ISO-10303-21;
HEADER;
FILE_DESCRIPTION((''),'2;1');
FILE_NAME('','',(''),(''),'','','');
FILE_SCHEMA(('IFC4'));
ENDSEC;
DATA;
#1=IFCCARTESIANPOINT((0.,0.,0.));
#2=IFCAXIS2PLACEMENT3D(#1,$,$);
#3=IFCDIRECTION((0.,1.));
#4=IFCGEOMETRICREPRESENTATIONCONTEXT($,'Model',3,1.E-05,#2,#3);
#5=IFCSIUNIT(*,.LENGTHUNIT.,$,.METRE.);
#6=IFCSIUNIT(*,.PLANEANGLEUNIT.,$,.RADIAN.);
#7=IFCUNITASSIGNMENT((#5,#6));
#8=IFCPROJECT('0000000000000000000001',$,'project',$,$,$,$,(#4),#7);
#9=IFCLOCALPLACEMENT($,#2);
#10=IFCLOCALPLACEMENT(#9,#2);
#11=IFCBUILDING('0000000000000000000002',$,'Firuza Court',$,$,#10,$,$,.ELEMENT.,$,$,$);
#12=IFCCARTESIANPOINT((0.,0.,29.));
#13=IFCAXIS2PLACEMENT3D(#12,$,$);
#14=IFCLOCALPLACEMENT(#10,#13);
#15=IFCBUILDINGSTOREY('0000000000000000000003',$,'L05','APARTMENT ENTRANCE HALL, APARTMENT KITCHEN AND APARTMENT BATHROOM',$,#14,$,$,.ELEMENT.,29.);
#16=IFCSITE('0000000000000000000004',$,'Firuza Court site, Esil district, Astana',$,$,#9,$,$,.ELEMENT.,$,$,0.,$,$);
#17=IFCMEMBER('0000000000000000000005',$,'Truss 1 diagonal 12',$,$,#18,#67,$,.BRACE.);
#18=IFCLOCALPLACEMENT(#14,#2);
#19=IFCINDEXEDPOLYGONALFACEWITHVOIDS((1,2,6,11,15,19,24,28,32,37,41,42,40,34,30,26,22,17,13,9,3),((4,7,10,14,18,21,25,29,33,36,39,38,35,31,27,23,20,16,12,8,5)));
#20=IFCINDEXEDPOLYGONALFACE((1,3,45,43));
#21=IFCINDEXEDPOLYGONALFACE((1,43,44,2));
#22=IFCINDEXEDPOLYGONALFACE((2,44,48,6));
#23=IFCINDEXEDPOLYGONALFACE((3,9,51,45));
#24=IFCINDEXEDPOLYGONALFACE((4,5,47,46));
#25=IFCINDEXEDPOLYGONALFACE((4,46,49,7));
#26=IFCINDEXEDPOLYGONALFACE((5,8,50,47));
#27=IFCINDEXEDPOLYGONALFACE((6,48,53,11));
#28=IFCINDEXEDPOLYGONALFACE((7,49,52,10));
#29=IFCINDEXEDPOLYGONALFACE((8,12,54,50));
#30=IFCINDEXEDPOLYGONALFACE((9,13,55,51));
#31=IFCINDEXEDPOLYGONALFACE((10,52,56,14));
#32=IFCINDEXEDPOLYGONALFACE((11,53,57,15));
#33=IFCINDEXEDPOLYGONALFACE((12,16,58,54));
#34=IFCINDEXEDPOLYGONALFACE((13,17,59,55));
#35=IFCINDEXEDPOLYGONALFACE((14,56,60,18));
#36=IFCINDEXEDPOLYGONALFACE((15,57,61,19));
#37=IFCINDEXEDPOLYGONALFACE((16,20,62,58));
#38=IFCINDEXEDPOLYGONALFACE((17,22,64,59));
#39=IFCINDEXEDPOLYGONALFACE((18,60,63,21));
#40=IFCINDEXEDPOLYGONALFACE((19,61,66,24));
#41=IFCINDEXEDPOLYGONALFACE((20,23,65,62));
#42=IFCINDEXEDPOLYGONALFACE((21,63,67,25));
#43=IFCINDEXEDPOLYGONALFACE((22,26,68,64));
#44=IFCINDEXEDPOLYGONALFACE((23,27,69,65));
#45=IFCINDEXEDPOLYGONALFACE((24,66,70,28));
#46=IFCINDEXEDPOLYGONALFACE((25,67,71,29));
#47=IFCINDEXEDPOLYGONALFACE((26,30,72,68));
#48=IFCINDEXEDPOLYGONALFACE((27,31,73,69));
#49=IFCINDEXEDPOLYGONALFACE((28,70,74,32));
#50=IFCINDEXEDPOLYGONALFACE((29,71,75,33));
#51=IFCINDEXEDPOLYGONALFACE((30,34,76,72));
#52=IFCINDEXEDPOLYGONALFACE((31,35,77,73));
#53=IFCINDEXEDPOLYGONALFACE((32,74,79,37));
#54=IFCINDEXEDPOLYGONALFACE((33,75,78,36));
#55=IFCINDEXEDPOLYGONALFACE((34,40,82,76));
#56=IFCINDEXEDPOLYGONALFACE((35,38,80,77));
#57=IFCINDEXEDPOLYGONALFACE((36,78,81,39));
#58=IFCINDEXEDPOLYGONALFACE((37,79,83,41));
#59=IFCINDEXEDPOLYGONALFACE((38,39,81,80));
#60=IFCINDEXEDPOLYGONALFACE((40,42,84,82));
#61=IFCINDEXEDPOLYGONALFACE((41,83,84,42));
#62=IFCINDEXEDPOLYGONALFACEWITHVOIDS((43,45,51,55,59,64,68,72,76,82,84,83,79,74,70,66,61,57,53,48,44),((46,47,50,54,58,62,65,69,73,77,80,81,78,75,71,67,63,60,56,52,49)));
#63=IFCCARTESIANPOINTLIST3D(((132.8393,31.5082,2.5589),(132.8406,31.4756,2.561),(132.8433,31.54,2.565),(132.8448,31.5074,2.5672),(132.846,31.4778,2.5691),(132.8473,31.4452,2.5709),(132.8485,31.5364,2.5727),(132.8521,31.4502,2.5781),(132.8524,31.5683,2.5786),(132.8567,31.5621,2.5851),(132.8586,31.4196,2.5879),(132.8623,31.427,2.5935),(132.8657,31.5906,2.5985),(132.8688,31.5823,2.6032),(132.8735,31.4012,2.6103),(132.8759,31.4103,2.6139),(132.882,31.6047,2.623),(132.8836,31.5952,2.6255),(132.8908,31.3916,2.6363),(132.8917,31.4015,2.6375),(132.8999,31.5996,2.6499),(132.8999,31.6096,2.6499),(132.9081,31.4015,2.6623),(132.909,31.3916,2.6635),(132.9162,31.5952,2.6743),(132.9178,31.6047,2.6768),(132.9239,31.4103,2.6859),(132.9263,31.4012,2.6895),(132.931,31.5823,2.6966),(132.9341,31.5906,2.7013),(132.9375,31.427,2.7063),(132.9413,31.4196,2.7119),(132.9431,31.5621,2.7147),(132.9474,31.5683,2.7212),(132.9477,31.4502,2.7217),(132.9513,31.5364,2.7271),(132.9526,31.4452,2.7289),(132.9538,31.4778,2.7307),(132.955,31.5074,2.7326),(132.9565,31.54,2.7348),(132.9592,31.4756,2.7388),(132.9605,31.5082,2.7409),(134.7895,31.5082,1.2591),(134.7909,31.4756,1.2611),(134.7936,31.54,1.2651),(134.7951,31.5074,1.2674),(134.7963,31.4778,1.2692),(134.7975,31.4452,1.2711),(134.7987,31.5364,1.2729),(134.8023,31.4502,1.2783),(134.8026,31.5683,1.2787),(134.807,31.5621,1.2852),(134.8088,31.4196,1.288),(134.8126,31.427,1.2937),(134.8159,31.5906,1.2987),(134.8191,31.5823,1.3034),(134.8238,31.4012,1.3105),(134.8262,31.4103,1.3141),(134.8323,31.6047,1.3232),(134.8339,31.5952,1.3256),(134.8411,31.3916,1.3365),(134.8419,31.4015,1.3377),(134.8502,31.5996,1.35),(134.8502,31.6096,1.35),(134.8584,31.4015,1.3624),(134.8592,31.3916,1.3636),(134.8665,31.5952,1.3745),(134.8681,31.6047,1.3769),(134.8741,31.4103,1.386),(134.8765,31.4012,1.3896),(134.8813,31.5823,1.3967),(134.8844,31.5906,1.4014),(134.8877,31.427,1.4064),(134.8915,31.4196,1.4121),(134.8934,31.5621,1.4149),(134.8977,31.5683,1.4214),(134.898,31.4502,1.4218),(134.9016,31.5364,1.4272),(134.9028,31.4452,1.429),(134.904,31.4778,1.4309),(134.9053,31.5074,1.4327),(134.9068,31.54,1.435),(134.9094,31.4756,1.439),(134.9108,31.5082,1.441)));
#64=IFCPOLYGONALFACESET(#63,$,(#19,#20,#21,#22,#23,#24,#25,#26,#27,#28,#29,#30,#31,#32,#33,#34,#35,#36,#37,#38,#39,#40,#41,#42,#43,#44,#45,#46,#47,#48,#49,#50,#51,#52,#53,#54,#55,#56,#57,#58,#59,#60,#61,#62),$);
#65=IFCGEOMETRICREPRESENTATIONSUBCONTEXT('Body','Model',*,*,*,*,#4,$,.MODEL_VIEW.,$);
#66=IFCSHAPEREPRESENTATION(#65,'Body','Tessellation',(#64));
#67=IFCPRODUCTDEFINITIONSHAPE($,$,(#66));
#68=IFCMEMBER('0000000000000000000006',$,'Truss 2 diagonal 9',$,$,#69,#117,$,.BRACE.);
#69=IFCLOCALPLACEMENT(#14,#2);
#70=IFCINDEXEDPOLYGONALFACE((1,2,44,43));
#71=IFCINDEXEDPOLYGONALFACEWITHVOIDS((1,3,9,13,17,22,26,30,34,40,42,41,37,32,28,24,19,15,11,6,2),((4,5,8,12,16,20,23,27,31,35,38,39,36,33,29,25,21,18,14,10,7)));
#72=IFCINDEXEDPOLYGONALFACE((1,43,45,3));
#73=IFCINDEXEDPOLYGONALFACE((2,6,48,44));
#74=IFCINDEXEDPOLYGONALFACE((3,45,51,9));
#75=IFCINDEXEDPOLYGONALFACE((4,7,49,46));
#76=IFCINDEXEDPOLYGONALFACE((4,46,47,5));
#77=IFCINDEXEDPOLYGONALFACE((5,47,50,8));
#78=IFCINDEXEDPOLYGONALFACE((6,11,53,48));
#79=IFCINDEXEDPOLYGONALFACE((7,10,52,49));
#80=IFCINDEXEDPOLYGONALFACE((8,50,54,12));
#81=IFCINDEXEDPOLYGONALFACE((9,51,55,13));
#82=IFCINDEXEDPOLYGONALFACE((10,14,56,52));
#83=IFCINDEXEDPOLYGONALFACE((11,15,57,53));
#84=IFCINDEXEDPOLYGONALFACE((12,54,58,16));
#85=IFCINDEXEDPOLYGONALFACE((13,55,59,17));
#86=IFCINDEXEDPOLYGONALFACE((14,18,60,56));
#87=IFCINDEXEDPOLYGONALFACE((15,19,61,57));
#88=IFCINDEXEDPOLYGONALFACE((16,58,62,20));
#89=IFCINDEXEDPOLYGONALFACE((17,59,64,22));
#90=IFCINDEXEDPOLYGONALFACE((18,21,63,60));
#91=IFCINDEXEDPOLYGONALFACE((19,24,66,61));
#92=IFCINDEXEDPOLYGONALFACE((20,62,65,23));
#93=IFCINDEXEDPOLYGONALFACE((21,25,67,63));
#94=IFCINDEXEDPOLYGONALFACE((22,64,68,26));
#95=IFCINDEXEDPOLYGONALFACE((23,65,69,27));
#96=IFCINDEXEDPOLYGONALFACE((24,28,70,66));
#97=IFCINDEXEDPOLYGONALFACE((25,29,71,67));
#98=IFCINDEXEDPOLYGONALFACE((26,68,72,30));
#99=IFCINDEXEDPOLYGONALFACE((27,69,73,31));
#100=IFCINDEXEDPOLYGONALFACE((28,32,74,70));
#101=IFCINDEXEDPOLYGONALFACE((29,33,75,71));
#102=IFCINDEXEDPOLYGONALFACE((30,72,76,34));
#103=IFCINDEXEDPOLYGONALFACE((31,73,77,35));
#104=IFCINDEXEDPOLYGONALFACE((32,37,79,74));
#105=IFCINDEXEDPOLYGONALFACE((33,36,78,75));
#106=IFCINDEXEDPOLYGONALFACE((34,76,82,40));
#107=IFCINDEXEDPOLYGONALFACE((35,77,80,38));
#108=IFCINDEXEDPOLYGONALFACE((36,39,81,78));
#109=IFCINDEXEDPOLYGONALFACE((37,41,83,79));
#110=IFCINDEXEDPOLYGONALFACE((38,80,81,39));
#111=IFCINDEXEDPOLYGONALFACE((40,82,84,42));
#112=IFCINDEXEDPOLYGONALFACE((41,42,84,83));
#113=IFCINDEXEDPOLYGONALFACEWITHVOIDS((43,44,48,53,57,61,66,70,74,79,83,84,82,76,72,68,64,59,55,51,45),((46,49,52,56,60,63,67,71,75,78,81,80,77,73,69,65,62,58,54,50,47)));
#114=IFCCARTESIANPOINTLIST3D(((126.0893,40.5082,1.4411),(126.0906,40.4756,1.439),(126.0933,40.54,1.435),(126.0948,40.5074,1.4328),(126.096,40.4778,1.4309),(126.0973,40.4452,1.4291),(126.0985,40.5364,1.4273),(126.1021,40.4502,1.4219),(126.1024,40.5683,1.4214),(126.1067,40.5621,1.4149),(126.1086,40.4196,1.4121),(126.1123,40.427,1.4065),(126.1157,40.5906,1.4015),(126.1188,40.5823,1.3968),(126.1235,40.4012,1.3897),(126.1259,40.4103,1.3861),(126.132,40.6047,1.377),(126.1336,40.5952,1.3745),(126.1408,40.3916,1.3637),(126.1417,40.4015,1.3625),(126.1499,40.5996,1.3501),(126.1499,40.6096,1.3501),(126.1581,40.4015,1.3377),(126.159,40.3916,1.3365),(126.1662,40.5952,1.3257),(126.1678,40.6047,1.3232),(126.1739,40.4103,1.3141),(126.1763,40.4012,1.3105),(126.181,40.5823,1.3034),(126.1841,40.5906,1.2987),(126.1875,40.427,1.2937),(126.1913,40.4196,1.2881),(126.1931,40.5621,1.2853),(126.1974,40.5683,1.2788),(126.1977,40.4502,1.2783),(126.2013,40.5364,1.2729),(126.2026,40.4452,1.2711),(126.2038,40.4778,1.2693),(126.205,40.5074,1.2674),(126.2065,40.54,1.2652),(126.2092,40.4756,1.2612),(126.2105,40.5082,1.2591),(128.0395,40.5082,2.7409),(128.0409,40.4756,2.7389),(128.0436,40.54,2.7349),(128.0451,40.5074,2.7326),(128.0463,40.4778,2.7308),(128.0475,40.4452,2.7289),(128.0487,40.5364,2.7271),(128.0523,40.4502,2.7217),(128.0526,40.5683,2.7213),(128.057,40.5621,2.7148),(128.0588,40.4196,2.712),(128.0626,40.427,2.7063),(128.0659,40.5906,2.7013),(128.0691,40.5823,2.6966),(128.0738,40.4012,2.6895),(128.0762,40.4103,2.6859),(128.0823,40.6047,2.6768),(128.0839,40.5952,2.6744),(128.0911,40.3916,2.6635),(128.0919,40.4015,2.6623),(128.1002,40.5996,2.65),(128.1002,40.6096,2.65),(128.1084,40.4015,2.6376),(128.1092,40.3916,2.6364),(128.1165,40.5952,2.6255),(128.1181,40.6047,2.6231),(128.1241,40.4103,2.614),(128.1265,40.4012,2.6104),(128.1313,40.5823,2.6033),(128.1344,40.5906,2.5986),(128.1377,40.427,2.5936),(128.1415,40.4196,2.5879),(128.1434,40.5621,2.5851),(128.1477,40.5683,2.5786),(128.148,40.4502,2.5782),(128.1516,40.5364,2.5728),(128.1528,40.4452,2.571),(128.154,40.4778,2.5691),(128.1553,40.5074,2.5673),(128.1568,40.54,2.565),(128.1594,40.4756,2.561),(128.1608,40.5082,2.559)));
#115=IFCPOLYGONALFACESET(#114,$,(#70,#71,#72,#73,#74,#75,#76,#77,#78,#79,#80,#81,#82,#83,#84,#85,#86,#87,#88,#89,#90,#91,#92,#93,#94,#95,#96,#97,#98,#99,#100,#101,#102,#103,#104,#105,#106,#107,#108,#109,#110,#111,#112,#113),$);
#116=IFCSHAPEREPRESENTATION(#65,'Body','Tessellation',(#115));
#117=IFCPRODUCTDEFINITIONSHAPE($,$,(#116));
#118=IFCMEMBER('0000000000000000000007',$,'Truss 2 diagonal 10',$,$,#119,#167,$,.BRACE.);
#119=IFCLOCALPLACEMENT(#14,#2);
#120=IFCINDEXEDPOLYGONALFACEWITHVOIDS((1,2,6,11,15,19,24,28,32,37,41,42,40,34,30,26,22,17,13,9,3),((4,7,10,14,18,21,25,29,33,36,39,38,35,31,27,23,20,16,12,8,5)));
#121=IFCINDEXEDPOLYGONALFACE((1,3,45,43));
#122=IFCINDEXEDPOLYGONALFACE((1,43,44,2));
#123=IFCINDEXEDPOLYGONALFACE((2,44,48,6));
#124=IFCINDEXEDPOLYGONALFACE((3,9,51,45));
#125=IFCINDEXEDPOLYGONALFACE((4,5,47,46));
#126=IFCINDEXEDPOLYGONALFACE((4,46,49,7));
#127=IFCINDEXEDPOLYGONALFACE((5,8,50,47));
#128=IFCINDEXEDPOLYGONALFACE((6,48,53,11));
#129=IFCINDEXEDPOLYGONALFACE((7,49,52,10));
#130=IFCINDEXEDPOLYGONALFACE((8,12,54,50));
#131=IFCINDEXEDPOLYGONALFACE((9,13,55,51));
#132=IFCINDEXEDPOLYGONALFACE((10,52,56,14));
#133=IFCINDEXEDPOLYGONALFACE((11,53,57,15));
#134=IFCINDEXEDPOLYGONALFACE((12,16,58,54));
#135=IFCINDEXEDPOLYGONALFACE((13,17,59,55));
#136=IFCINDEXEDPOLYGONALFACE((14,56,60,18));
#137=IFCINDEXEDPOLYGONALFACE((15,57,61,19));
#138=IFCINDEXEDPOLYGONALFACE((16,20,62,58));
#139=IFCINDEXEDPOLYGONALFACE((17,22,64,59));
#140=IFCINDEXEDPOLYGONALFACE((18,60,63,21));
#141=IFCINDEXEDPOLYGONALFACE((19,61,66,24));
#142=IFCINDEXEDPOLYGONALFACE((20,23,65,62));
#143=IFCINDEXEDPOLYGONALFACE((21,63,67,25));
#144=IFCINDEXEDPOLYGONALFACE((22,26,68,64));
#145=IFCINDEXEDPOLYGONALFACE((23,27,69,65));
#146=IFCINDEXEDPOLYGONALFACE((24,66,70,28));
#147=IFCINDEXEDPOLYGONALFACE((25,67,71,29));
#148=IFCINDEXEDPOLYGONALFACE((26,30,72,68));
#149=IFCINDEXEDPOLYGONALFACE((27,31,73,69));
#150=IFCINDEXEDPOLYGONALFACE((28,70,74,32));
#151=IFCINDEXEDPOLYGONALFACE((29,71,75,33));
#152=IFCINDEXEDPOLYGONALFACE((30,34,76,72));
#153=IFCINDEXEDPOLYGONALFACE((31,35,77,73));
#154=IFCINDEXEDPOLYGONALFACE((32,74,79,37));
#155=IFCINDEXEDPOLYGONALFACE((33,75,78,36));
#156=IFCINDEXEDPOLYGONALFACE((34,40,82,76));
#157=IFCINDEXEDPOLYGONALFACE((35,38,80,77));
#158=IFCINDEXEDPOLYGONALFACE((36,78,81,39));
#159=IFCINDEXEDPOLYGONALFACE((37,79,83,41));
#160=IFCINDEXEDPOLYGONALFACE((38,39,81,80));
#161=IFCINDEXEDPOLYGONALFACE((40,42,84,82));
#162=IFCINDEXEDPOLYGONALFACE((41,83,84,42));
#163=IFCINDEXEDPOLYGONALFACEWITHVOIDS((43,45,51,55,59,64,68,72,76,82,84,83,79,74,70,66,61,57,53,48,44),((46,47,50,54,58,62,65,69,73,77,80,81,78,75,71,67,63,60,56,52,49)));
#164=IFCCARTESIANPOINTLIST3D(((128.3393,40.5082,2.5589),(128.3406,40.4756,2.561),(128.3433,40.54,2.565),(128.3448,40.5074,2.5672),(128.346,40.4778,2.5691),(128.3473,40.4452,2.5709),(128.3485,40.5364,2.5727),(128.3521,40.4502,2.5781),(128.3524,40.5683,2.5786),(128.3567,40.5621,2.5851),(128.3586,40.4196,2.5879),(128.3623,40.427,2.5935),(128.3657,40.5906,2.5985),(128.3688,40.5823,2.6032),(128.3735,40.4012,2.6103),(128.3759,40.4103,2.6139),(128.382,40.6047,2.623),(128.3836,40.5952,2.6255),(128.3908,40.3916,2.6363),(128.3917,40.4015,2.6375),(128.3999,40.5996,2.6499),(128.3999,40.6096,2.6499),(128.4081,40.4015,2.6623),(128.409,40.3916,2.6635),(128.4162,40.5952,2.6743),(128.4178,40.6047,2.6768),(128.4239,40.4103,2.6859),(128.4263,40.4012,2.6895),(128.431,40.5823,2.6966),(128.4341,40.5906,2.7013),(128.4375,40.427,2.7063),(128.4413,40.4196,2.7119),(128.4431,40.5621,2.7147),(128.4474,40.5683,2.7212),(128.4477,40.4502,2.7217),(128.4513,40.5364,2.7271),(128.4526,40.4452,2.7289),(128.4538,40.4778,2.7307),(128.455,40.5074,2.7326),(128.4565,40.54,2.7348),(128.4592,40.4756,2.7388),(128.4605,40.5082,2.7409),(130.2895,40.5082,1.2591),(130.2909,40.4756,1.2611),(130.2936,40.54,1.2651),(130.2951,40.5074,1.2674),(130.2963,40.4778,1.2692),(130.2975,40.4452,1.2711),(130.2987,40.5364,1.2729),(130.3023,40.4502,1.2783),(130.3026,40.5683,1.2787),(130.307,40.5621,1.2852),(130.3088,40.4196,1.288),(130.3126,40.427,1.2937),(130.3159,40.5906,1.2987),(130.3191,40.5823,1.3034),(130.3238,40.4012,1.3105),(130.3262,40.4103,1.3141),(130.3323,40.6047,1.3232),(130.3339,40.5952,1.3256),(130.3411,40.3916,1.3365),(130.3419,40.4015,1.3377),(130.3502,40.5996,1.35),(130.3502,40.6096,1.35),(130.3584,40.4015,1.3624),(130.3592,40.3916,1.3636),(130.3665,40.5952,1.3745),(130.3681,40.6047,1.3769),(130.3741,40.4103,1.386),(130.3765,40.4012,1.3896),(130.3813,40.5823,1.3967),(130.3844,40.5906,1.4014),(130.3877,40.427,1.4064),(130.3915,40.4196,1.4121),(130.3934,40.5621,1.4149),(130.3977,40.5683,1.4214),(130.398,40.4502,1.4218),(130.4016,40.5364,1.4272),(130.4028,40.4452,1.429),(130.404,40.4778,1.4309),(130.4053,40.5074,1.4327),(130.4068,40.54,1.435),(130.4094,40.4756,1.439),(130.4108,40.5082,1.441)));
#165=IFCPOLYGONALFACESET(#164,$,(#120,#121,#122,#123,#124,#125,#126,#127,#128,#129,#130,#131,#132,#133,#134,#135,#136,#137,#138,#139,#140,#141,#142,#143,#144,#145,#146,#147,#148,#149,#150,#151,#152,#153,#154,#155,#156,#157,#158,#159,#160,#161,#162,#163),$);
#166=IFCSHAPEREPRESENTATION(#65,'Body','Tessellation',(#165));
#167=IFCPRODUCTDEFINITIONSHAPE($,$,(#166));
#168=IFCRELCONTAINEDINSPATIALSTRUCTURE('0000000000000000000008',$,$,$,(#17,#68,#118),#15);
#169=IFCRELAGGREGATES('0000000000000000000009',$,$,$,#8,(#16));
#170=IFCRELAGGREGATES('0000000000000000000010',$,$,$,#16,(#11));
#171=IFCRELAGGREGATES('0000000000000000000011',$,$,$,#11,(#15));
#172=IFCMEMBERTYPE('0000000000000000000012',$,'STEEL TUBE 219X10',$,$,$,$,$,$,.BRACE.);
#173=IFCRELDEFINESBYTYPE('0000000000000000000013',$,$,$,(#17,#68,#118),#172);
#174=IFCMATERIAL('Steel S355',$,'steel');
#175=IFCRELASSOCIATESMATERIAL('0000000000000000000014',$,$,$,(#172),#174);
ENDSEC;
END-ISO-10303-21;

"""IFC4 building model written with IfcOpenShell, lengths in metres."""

from ifc_helpers import new_model, si_unit, direction, frame, origin, origin_2d, place, context, subcontext, project, spatial, hollow_circle, extrude, material, material_profile, profile_set, type_object, element, save


model = new_model("IFC4")

# Units and contexts
model_context = context("Model", 3, precision=1e-05, world=origin(), true_north=direction((0.0, 1.0)))
body_context = subcontext(model_context, "Body", "Model", "MODEL_VIEW")
ifc_project = project(units=[si_unit("LENGTHUNIT", "METRE"), si_unit("PLANEANGLEUNIT", "RADIAN")], contexts=[model_context])

# Site, building, storey
site_placement = place(None, origin())
site = spatial("IfcSite", under=ifc_project, at=site_placement, Name="Firuza Court site, Esil district, Astana", CompositionType="ELEMENT", RefElevation=0.0)
building_placement = place(site_placement, origin())
building = spatial("IfcBuilding", under=site, at=building_placement, Name="Firuza Court", CompositionType="ELEMENT")
storey_placement = place(building_placement, frame((0.0, 0.0, 29.0)))
storey = spatial("IfcBuildingStorey", under=building, at=storey_placement, Name="L05", Description="APARTMENT ENTRANCE HALL, APARTMENT KITCHEN AND APARTMENT BATHROOM", CompositionType="ELEMENT", Elevation=29.0)

# Members
ifc_material_1 = material(Name="Steel S355", Category="steel")
ifc_material_profile_1 = material_profile(ifc_material_1, hollow_circle(Radius=0.1096, WallThickness=0.01, at=origin_2d()), Name="CHS 219X10")
ifc_profile_set_1 = profile_set([ifc_material_profile_1], Name="Steel S355")
member_type_1 = type_object("IfcMemberType", Name="STEEL TUBE 219X10", PredefinedType="BRACE", material=ifc_profile_set_1)
for number, where, z_axis, x_axis, name in (
    (1, (132.8999, 31.5, 2.6499), (0.832114, 0.0, -0.554604), (0.0, 1.0, 0.0), "Truss 1 diagonal 12"),
    (2, (126.1499, 40.5, 1.3501), (0.832114, 0.0, 0.554604), (0.0, 1.0, 0.0), "Truss 2 diagonal 9"),
    (3, (128.3999, 40.5, 2.6499), (0.832114, 0.0, -0.554604), (0.0, 1.0, 0.0), "Truss 2 diagonal 10"),
):
    element("IfcMember", number, at=place(storey_placement, frame(where, z_axis=z_axis, x_axis=x_axis)), inside=storey, type_object=member_type_1, Name=name, PredefinedType="BRACE", context=body_context, shape_type="SweptSolid", body=[
        extrude(hollow_circle(Radius=0.1096, WallThickness=0.01, at=origin_2d()), origin(), (0.0, 0.0, 1.0), 2.3438),
    ])

save(model, "model.ifc")
